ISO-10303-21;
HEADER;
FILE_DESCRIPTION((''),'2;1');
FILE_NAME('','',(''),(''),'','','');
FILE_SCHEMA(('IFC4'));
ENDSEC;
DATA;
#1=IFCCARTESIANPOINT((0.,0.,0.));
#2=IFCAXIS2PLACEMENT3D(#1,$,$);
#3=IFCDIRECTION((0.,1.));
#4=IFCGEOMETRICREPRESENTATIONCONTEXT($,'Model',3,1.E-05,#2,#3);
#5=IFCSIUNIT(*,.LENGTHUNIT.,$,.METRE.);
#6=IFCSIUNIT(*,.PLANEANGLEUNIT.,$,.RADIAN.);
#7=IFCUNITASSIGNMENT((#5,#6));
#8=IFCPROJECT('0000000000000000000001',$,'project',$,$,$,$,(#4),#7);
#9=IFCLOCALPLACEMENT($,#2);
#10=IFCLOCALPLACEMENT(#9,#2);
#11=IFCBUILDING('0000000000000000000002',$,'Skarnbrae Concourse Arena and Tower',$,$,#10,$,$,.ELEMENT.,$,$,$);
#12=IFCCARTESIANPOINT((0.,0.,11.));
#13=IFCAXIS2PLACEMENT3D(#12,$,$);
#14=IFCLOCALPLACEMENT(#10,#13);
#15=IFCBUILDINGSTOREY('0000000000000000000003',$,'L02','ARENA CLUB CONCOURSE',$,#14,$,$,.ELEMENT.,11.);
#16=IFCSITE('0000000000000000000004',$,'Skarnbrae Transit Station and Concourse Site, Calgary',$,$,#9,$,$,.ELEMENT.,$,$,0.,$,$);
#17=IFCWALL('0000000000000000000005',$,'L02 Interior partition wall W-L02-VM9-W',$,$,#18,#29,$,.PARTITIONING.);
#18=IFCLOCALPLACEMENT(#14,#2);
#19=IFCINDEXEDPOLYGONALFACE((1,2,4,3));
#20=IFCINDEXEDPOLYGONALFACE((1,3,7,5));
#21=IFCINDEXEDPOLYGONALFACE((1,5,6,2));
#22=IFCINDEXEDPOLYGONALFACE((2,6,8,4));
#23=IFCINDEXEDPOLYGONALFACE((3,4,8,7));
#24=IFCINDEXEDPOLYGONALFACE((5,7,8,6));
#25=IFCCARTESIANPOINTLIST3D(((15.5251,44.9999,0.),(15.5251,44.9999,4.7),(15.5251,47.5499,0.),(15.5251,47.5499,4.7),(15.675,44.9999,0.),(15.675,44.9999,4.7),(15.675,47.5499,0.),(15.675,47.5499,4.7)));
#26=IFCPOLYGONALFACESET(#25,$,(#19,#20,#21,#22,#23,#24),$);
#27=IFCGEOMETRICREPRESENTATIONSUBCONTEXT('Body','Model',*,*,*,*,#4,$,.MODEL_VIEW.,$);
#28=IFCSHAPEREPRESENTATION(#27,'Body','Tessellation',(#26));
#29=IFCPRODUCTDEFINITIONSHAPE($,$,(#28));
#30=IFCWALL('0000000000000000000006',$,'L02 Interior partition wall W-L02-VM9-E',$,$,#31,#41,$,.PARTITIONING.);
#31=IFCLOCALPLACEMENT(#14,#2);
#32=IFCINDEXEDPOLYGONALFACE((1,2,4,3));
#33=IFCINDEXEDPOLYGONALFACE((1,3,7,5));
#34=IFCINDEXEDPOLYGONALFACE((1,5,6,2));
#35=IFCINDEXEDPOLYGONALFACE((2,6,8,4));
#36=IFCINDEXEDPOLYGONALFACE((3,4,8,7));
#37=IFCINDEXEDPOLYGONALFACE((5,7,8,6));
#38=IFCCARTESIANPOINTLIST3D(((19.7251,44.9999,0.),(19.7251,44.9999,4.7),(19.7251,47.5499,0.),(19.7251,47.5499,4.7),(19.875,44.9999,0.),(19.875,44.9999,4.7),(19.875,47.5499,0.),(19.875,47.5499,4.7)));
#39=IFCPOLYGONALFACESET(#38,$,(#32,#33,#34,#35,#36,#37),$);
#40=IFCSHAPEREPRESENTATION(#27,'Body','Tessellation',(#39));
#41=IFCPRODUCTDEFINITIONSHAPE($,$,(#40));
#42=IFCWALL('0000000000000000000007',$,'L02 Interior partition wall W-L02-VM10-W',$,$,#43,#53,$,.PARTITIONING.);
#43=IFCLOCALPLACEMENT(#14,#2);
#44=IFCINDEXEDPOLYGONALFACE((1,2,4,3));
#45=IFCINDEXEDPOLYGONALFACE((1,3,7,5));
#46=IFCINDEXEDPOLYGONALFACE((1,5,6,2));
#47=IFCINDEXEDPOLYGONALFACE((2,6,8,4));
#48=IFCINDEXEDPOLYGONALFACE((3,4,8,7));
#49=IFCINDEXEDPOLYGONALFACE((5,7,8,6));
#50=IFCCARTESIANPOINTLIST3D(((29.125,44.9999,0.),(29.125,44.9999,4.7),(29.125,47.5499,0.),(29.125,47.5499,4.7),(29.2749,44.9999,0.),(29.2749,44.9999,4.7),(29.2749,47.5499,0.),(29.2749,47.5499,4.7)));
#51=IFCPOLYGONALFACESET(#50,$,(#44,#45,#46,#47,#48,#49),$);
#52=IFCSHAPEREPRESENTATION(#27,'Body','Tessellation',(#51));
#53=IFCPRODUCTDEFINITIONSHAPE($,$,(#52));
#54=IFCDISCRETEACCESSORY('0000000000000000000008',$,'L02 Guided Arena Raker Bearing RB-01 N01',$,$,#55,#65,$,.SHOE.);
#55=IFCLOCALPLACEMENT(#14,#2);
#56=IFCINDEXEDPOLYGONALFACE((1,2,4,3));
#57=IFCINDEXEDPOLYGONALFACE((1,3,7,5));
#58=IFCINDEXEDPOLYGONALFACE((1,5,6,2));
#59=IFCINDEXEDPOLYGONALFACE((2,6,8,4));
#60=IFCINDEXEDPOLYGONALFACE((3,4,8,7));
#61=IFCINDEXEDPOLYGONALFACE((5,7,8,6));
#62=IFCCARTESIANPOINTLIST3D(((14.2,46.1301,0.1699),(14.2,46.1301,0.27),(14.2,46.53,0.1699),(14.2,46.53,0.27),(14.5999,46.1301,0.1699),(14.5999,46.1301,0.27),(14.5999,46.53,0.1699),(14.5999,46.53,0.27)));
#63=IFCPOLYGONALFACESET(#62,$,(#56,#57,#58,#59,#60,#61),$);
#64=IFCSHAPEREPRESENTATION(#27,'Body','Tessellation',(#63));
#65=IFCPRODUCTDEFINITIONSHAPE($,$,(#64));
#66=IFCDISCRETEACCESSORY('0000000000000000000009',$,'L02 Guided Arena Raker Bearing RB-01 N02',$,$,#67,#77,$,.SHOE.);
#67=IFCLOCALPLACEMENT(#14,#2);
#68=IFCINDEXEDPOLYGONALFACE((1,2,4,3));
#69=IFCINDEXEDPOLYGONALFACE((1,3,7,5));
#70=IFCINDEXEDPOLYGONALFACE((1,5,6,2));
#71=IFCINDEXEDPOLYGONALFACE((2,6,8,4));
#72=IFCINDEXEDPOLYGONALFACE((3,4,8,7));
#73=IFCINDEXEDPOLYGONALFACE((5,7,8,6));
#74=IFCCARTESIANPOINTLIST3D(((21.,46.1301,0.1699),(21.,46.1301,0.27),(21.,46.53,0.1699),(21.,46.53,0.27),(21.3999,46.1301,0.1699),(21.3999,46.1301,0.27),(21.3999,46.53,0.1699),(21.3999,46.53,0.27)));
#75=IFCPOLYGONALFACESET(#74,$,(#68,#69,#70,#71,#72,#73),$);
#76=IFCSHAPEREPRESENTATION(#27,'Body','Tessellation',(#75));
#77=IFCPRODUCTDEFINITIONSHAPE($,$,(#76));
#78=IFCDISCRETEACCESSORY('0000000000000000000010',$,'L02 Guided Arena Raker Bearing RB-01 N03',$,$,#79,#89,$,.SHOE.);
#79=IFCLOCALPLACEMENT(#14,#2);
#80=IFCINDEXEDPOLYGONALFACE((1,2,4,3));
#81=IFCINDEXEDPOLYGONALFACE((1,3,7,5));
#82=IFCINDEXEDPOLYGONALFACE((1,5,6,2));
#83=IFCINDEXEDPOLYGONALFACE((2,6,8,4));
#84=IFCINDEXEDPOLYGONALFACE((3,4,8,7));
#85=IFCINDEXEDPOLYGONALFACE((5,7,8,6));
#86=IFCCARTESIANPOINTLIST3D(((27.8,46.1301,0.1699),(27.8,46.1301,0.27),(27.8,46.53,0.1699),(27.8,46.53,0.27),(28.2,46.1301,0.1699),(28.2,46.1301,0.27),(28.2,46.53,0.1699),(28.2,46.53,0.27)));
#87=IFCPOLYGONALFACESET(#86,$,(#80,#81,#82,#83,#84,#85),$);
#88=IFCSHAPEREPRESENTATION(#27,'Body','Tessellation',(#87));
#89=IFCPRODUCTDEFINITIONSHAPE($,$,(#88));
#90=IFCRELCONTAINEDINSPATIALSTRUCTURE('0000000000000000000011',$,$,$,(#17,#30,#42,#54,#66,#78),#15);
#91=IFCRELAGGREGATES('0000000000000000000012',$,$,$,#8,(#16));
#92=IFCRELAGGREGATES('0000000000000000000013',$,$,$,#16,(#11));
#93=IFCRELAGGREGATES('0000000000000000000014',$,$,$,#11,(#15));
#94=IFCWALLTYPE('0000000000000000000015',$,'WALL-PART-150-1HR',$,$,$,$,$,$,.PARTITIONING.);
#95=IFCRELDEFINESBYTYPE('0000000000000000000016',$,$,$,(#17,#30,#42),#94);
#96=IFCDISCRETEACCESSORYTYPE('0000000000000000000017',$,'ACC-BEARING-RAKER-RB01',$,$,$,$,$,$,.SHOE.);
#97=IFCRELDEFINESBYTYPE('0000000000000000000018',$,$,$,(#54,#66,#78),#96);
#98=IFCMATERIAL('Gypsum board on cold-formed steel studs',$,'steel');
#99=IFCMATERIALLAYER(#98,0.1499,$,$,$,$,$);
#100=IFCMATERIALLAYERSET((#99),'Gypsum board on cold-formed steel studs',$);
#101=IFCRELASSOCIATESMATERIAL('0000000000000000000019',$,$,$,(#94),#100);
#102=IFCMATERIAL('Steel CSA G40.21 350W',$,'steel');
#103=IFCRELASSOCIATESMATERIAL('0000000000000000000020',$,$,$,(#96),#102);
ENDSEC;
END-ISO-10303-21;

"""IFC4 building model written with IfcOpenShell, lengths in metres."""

from ifc_helpers import new_model, si_unit, direction, frame, frame_2d, origin, origin_2d, place, context, subcontext, project, spatial, rectangle, extrude, source, transform, mapped, material, layer, layer_set, type_object, element, save


model = new_model("IFC4")

# Units and contexts
model_context = context("Model", 3, precision=1e-05, world=origin(), true_north=direction((0.0, 1.0)))
body_context = subcontext(model_context, "Body", "Model", "MODEL_VIEW")
ifc_project = project(units=[si_unit("LENGTHUNIT", "METRE"), si_unit("PLANEANGLEUNIT", "RADIAN")], contexts=[model_context])

# Site, building, storey
site_placement = place(None, origin())
site = spatial("IfcSite", under=ifc_project, at=site_placement, Name="Skarnbrae Transit Station and Concourse Site, Calgary", CompositionType="ELEMENT", RefElevation=0.0)
building_placement = place(site_placement, origin())
building = spatial("IfcBuilding", under=site, at=building_placement, Name="Skarnbrae Concourse Arena and Tower", CompositionType="ELEMENT")
storey_placement = place(building_placement, frame((0.0, 0.0, 11.0)))
storey = spatial("IfcBuildingStorey", under=building, at=storey_placement, Name="L02", Description="ARENA CLUB CONCOURSE", CompositionType="ELEMENT", Elevation=11.0)

# Shared definitions
ifc_material_1 = material(Name="Steel CSA G40.21 350W", Category="steel")

# Walls
ifc_material_2 = material(Name="Gypsum board on cold-formed steel studs", Category="steel")
ifc_layer_1 = layer(ifc_material_2, 0.1499)
ifc_layer_set_1 = layer_set([ifc_layer_1], Name="Gypsum board on cold-formed steel studs")
wall_type_1 = type_object("IfcWallType", Name="WALL-PART-150-1HR", PredefinedType="PARTITIONING", material=ifc_layer_set_1)
shared_shape_1 = source(origin(), body_context, "Body", "SweptSolid", [
    extrude(rectangle(XDim=2.55, YDim=0.1499, at=frame_2d((1.2749, 0.0))), origin(), (0.0, 0.0, 1.0), 4.7),
])
for number, where, z_axis, x_axis, name in (
    (1, (15.6001, 45.0, 0.0), (0.0, 0.0, 1.0), (0.0, 1.0, 0.0), "L02 Interior partition wall W-L02-VM9-W"),
    (2, (19.8, 45.0, 0.0), (0.0, 0.0, 1.0), (0.0, 1.0, 0.0), "L02 Interior partition wall W-L02-VM9-E"),
    (3, (29.2, 45.0, 0.0), (0.0, 0.0, 1.0), (0.0, 1.0, 0.0), "L02 Interior partition wall W-L02-VM10-W"),
):
    element("IfcWall", number, at=place(storey_placement, frame(where, z_axis=z_axis, x_axis=x_axis)), inside=storey, type_object=wall_type_1, Name=name, PredefinedType="PARTITIONING", context=body_context, shape_type="MappedRepresentation", body=[
        mapped(shared_shape_1, transform((0.0, 0.0, 0.0))),
    ])

# Discrete accessories
discrete_accessory_type = type_object("IfcDiscreteAccessoryType", Name="ACC-BEARING-RAKER-RB01", PredefinedType="SHOE", material=ifc_material_1)
shared_shape_2 = source(origin(), body_context, "Body", "SweptSolid", [
    extrude(rectangle(XDim=0.3999, YDim=0.3999, at=origin_2d()), origin(), (0.0, 0.0, 1.0), 0.1001),
])
for number, where, z_axis, x_axis, name in (
    (4, (14.3999, 46.3301, 0.1699), (0.0, 0.0, 1.0), (1.0, 0.0, 0.0), "L02 Guided Arena Raker Bearing RB-01 N01"),
    (5, (21.2, 46.3301, 0.1699), (0.0, 0.0, 1.0), (1.0, 0.0, 0.0), "L02 Guided Arena Raker Bearing RB-01 N02"),
    (6, (28.0, 46.3301, 0.1699), (0.0, 0.0, 1.0), (1.0, 0.0, 0.0), "L02 Guided Arena Raker Bearing RB-01 N03"),
):
    element("IfcDiscreteAccessory", number, at=place(storey_placement, frame(where, z_axis=z_axis, x_axis=x_axis)), inside=storey, type_object=discrete_accessory_type, Name=name, PredefinedType="SHOE", context=body_context, shape_type="MappedRepresentation", body=[
        mapped(shared_shape_2, transform((0.0, 0.0, 0.0))),
    ])

save(model, "model.ifc")
